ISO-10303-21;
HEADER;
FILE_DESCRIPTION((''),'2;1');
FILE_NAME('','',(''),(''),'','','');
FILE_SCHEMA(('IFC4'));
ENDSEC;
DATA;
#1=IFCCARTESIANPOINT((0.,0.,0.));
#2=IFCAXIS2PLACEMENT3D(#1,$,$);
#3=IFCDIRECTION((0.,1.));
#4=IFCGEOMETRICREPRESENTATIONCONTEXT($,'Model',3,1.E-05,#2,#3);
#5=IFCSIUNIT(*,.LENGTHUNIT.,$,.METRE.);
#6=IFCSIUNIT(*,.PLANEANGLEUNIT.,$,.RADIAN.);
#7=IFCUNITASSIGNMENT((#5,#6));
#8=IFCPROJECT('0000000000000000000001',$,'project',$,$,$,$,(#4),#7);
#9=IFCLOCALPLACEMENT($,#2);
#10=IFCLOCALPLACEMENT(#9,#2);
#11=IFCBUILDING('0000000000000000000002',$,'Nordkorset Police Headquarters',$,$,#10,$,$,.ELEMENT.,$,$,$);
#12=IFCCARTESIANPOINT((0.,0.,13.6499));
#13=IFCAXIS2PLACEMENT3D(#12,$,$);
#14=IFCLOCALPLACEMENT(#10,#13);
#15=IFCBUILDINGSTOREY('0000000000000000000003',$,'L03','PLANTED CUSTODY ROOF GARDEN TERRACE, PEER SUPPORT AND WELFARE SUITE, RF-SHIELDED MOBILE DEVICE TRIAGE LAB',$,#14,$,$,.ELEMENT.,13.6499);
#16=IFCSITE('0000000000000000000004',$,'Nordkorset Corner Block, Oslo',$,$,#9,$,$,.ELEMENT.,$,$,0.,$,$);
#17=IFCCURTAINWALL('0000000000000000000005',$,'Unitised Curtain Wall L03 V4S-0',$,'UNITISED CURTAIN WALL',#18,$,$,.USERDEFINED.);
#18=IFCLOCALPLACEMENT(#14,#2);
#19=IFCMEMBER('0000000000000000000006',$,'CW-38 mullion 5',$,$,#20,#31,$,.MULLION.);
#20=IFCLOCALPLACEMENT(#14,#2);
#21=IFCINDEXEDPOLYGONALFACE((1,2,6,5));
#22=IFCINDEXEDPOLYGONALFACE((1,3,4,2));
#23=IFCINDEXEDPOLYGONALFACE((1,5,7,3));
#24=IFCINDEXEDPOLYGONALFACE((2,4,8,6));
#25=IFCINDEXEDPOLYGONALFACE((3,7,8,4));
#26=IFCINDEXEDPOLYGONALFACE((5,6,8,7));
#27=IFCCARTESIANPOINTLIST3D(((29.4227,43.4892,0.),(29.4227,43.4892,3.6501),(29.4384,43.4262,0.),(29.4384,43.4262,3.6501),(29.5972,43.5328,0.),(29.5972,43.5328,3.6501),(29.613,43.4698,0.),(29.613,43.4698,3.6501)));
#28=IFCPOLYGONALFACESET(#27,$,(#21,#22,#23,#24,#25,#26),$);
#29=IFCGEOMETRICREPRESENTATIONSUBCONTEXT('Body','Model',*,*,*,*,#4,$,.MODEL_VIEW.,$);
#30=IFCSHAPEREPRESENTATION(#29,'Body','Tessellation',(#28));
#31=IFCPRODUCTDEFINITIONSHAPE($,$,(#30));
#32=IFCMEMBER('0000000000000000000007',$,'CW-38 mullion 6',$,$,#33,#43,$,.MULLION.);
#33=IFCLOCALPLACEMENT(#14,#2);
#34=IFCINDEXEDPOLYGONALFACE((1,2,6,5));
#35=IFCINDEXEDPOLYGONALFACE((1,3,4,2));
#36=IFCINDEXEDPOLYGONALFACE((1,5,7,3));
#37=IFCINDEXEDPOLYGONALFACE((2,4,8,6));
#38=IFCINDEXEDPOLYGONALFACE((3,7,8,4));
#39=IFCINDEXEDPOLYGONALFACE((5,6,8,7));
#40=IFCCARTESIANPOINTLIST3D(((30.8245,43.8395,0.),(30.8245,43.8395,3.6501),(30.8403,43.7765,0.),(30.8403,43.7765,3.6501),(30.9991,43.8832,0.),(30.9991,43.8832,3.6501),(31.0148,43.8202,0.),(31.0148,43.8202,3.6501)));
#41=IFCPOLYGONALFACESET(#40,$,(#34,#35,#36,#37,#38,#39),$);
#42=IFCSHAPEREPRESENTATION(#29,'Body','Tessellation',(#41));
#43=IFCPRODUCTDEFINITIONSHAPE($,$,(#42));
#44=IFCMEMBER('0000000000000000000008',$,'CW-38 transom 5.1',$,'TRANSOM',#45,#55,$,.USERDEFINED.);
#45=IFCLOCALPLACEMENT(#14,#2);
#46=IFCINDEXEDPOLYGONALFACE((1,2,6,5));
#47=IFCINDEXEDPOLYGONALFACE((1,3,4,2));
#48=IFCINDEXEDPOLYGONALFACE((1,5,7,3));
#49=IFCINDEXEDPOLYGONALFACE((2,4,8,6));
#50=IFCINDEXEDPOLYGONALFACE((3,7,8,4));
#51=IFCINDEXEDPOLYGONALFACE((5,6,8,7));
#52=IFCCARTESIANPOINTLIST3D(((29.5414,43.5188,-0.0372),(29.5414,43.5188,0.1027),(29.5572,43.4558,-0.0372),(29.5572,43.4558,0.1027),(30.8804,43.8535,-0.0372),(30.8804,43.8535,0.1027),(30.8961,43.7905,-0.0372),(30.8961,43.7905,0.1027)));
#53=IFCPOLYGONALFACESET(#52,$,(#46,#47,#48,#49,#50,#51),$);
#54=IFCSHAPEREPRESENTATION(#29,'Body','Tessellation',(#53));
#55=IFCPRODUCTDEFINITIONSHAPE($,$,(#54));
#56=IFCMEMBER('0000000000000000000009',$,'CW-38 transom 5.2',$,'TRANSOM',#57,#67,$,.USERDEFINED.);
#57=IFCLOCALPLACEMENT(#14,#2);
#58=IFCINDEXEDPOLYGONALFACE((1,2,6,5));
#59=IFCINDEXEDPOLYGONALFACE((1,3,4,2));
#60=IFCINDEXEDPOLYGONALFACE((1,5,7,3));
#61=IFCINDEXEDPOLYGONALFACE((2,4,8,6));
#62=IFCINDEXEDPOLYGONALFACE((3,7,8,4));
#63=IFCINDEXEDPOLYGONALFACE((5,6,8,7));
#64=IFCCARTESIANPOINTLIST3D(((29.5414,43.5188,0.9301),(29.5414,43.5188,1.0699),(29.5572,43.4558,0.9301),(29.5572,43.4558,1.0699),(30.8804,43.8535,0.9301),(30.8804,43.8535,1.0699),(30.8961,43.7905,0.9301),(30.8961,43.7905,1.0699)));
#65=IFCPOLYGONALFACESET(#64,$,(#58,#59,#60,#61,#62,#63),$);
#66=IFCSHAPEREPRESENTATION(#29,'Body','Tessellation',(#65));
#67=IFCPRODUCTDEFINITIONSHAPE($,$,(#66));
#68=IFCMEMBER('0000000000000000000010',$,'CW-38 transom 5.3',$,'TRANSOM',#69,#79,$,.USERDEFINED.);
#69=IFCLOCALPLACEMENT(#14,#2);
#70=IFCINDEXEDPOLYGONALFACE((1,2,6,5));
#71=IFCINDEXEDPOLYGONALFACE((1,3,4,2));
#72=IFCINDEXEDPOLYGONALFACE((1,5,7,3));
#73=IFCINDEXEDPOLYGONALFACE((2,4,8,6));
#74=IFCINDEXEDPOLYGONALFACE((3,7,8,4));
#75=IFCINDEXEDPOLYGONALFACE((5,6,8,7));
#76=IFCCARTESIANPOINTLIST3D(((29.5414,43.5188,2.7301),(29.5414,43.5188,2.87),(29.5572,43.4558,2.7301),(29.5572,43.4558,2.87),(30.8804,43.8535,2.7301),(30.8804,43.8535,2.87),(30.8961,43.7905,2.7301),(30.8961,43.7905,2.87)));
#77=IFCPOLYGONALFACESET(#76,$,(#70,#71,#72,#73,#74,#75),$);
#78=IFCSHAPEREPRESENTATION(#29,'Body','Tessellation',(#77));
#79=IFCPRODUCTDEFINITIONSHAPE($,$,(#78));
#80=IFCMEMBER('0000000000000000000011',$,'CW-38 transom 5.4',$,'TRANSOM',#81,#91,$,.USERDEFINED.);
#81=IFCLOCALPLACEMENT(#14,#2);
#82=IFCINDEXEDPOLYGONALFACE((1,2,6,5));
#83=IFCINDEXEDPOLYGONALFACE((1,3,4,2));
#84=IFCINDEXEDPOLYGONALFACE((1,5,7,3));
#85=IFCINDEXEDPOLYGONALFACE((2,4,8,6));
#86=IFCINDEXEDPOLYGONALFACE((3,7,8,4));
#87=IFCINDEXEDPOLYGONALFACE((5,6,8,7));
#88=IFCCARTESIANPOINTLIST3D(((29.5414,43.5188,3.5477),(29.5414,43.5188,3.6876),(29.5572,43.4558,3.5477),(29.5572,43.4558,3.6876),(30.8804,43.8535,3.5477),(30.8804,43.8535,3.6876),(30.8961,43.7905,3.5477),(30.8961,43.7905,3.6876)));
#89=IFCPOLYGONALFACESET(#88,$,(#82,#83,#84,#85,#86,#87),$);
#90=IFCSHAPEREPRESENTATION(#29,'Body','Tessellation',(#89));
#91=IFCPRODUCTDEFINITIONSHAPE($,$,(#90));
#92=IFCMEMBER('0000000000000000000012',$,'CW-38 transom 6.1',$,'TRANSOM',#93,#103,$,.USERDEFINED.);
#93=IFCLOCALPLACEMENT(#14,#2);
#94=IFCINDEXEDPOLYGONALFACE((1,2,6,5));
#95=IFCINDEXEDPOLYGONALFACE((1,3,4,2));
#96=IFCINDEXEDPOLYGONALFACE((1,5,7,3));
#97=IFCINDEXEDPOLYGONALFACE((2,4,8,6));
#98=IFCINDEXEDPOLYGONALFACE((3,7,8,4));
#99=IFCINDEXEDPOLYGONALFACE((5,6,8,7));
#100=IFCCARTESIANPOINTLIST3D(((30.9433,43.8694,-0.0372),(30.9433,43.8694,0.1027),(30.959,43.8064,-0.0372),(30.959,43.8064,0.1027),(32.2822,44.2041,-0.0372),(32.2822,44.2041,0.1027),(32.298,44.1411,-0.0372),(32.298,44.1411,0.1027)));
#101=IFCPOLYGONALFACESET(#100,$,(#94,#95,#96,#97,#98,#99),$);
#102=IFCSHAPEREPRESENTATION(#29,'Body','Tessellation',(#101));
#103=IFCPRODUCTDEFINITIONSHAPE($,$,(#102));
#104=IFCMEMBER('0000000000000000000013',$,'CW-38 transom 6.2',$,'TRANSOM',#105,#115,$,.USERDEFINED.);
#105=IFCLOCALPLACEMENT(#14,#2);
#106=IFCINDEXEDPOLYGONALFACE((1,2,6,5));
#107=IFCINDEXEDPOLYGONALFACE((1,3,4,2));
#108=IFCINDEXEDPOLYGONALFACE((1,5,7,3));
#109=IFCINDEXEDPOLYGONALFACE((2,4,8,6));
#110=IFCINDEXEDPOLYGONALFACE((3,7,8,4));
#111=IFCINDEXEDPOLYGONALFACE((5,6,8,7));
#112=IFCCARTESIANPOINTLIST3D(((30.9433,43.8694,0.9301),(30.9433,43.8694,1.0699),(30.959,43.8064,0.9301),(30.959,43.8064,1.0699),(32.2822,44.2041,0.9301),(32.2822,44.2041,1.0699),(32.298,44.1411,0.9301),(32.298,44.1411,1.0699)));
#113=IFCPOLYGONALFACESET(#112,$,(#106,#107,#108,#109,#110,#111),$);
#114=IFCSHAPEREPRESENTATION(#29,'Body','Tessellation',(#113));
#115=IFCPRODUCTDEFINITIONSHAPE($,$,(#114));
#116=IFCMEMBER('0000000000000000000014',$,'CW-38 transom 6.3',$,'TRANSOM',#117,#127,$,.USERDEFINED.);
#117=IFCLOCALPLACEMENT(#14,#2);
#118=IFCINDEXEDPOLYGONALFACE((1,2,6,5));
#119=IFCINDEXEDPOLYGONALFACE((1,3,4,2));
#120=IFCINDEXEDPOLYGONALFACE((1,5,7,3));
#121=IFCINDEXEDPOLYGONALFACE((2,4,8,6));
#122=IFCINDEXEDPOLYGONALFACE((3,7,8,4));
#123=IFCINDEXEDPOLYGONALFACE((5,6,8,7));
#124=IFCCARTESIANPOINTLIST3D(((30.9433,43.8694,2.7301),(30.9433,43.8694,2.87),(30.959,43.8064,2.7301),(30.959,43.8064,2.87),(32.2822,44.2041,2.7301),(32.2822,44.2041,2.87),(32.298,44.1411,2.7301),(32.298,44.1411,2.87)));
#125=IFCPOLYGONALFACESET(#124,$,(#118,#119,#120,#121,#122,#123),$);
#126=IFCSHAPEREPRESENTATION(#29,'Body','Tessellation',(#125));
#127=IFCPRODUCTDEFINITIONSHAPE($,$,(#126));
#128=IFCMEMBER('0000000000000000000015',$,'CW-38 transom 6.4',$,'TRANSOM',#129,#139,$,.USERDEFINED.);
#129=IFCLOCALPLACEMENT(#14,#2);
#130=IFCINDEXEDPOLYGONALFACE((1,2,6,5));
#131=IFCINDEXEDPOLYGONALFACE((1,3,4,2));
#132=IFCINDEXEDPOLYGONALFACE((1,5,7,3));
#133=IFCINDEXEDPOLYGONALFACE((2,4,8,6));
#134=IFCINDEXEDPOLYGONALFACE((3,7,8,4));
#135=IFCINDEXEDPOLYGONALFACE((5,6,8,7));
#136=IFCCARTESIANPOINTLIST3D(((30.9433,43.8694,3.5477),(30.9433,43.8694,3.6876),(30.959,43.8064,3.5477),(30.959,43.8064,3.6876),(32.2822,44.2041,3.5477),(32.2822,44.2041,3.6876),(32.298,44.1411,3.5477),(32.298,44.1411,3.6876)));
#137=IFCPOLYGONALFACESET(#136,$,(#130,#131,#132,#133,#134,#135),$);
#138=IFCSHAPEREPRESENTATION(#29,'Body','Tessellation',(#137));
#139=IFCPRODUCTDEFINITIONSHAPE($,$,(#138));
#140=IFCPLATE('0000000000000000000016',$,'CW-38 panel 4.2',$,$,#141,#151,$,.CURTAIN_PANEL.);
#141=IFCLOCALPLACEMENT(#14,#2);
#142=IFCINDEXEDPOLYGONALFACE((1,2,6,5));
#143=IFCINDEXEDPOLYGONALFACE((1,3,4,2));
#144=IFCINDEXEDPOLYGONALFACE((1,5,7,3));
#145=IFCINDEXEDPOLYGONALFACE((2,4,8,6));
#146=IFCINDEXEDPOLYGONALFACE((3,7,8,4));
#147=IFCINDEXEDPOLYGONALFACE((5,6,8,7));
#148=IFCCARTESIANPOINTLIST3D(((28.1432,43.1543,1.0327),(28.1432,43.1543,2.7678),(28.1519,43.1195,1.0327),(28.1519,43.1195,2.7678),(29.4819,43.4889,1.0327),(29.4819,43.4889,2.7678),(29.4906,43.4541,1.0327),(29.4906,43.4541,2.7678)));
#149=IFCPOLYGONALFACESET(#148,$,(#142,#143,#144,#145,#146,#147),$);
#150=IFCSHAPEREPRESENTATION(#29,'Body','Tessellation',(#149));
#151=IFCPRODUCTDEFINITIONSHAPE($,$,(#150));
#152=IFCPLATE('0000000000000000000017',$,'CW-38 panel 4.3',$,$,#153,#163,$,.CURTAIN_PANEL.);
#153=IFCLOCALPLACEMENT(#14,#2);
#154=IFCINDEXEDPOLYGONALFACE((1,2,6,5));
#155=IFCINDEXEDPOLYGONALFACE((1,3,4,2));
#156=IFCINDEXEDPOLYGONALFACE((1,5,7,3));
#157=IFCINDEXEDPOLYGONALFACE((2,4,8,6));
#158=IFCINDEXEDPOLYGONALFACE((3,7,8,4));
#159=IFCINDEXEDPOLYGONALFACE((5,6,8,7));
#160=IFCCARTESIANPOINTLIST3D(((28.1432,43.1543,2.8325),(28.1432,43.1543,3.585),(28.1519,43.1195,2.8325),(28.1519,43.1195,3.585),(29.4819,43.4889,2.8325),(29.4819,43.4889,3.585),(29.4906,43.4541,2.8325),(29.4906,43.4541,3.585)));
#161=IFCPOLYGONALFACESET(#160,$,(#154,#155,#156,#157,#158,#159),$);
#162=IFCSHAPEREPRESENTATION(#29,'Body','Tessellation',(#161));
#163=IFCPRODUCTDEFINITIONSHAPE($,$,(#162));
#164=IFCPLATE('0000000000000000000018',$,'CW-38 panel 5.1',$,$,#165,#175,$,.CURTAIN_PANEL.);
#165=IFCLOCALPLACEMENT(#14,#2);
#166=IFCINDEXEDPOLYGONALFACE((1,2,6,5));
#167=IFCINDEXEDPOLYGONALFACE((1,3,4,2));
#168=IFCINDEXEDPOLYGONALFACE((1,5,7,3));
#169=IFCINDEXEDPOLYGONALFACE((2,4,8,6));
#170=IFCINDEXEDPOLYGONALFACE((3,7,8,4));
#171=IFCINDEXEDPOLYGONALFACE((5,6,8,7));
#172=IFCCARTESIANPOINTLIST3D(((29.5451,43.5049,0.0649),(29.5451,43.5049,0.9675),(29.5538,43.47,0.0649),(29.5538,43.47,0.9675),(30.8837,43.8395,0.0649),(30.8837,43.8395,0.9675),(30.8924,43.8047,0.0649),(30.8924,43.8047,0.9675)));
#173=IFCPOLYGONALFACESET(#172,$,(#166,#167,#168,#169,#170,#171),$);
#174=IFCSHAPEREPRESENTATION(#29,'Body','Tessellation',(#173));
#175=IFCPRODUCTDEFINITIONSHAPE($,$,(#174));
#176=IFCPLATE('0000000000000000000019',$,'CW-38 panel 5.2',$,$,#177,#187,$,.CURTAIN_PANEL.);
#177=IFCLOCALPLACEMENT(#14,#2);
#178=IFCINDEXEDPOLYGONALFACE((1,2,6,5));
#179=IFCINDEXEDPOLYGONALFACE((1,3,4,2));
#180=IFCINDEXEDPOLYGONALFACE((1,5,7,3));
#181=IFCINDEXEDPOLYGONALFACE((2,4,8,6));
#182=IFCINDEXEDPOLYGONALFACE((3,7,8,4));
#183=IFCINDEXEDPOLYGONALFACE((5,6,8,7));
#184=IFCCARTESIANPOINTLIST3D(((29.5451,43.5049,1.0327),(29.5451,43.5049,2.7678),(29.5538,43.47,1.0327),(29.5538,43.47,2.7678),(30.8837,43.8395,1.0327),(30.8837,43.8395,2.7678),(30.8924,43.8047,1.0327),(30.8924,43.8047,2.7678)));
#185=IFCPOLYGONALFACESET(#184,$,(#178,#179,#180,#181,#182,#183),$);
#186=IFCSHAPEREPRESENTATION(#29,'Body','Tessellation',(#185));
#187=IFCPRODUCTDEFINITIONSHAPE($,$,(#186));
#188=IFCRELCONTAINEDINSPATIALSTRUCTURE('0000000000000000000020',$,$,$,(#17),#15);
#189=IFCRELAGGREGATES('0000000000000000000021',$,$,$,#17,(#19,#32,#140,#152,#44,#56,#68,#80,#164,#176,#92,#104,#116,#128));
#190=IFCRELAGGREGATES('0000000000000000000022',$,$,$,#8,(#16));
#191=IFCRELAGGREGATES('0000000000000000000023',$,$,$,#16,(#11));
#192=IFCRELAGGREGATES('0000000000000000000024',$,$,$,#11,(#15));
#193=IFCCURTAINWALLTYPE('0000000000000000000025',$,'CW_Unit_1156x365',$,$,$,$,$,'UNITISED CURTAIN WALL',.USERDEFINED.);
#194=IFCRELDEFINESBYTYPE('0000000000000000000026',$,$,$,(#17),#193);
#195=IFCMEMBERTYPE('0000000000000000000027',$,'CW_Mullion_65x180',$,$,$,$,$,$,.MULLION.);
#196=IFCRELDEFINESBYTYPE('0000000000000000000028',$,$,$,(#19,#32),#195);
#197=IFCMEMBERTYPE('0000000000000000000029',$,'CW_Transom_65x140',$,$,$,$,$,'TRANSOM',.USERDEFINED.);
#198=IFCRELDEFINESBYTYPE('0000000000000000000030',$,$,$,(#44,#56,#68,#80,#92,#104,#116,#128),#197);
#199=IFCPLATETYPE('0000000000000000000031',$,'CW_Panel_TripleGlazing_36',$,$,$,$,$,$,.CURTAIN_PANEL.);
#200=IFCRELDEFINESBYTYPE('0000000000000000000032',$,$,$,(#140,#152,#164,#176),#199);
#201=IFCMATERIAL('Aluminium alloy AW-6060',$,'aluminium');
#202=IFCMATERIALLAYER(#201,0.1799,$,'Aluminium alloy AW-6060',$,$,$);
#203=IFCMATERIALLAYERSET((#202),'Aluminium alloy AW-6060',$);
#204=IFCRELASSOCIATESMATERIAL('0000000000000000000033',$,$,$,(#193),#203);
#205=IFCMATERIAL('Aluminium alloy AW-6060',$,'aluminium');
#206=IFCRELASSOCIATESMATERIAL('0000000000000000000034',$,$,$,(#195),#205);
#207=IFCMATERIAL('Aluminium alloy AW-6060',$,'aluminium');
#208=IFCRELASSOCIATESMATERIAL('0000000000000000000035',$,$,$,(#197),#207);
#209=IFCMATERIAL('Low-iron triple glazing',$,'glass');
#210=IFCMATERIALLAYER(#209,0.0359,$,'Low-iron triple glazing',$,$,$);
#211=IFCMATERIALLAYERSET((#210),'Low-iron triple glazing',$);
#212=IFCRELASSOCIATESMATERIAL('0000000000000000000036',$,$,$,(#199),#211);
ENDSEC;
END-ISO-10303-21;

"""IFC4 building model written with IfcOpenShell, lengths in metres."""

from ifc_helpers import new_model, si_unit, direction, frame, origin, origin_2d, place, context, subcontext, project, spatial, rectangle, extrude, material, layer, layer_set, material_profile, profile_set, type_object, element, aggregate, save


model = new_model("IFC4")

# Units and contexts
model_context = context("Model", 3, precision=1e-05, world=origin(), true_north=direction((0.0, 1.0)))
body_context = subcontext(model_context, "Body", "Model", "MODEL_VIEW")
ifc_project = project(units=[si_unit("LENGTHUNIT", "METRE"), si_unit("PLANEANGLEUNIT", "RADIAN")], contexts=[model_context])

# Site, building, storey
site_placement = place(None, origin())
site = spatial("IfcSite", under=ifc_project, at=site_placement, Name="Nordkorset Corner Block, Oslo", CompositionType="ELEMENT", RefElevation=0.0)
building_placement = place(site_placement, origin())
building = spatial("IfcBuilding", under=site, at=building_placement, Name="Nordkorset Police Headquarters", CompositionType="ELEMENT")
storey_placement = place(building_placement, frame((0.0, 0.0, 13.6499)))
storey = spatial("IfcBuildingStorey", under=building, at=storey_placement, Name="L03", Description="PLANTED CUSTODY ROOF GARDEN TERRACE, PEER SUPPORT AND WELFARE SUITE, RF-SHIELDED MOBILE DEVICE TRIAGE LAB", CompositionType="ELEMENT", Elevation=13.6499)

# Curtain wall, members, plates
ifc_material_1 = material(Name="Aluminium alloy AW-6060", Category="aluminium")
ifc_layer_1 = layer(ifc_material_1, 0.1799, Name="Aluminium alloy AW-6060")
ifc_layer_set_1 = layer_set([ifc_layer_1], Name="Aluminium alloy AW-6060")
curtain_wall_type = type_object("IfcCurtainWallType", Name="CW_Unit_1156x365", ElementType="UNITISED CURTAIN WALL", PredefinedType="USERDEFINED", material=ifc_layer_set_1)
curtain_wall_placement = place(storey_placement, origin())
curtain_wall = element("IfcCurtainWall", 1, at=curtain_wall_placement, inside=storey, type_object=curtain_wall_type, Name="Unitised Curtain Wall L03 V4S-0", ObjectType="UNITISED CURTAIN WALL", PredefinedType="USERDEFINED")
ifc_material_2 = material(Name="Aluminium alloy AW-6060", Category="aluminium")
ifc_material_profile_1 = material_profile(ifc_material_2, rectangle(XDim=0.0649, YDim=0.1799, at=origin_2d()), Name="ALU MULL 65x180")
ifc_profile_set_1 = profile_set([ifc_material_profile_1], Name="Aluminium alloy AW-6060")
member_type_1 = type_object("IfcMemberType", Name="CW_Mullion_65x180", PredefinedType="MULLION", material=ifc_profile_set_1)
member_1_placement = place(storey_placement, frame((29.5178, 43.4795, 0.0), z_axis=(0.0, 0.0, 1.0), x_axis=(-0.242536, 0.970143, 0.0)))
member_1 = element("IfcMember", 2, at=member_1_placement, type_object=member_type_1, Name="CW-38 mullion 5", PredefinedType="MULLION", context=body_context, shape_type="SweptSolid", body=[
    extrude(rectangle(XDim=0.0649, YDim=0.1799, at=origin_2d()), origin(), (0.0, 0.0, 1.0), 3.6501),
])
member_2_placement = place(storey_placement, frame((30.9197, 43.8298, 0.0), z_axis=(0.0, 0.0, 1.0), x_axis=(-0.242536, 0.970143, 0.0)))
member_2 = element("IfcMember", 3, at=member_2_placement, type_object=member_type_1, Name="CW-38 mullion 6", PredefinedType="MULLION", context=body_context, shape_type="SweptSolid", body=[
    extrude(rectangle(XDim=0.0649, YDim=0.1799, at=origin_2d()), origin(), (0.0, 0.0, 1.0), 3.6501),
])
ifc_material_3 = material(Name="Aluminium alloy AW-6060", Category="aluminium")
ifc_material_profile_2 = material_profile(ifc_material_3, rectangle(XDim=0.0649, YDim=0.1399, at=origin_2d()), Name="ALU TRAN 65x140")
ifc_profile_set_2 = profile_set([ifc_material_profile_2], Name="Aluminium alloy AW-6060")
member_type_2 = type_object("IfcMemberType", Name="CW_Transom_65x140", ElementType="TRANSOM", PredefinedType="USERDEFINED", material=ifc_profile_set_2)
member_3_placement = place(storey_placement, frame((29.5493, 43.4873, 0.0327), z_axis=(0.970143, 0.242536, 0.0), x_axis=(-0.242536, 0.970143, 0.0)))
member_3 = element("IfcMember", 4, at=member_3_placement, type_object=member_type_2, Name="CW-38 transom 5.1", ObjectType="TRANSOM", PredefinedType="USERDEFINED", context=body_context, shape_type="SweptSolid", body=[
    extrude(rectangle(XDim=0.0649, YDim=0.1399, at=origin_2d()), origin(), (0.0, 0.0, 1.0), 1.3801),
])
member_4_placement = place(storey_placement, frame((29.5493, 43.4873, 1.0), z_axis=(0.970143, 0.242536, 0.0), x_axis=(-0.242536, 0.970143, 0.0)))
member_4 = element("IfcMember", 5, at=member_4_placement, type_object=member_type_2, Name="CW-38 transom 5.2", ObjectType="TRANSOM", PredefinedType="USERDEFINED", context=body_context, shape_type="SweptSolid", body=[
    extrude(rectangle(XDim=0.0649, YDim=0.1399, at=origin_2d()), origin(), (0.0, 0.0, 1.0), 1.3801),
])
member_5_placement = place(storey_placement, frame((29.5493, 43.4873, 2.8), z_axis=(0.970143, 0.242536, 0.0), x_axis=(-0.242536, 0.970143, 0.0)))
member_5 = element("IfcMember", 6, at=member_5_placement, type_object=member_type_2, Name="CW-38 transom 5.3", ObjectType="TRANSOM", PredefinedType="USERDEFINED", context=body_context, shape_type="SweptSolid", body=[
    extrude(rectangle(XDim=0.0649, YDim=0.1399, at=origin_2d()), origin(), (0.0, 0.0, 1.0), 1.3801),
])
member_6_placement = place(storey_placement, frame((29.5493, 43.4873, 3.6177), z_axis=(0.970143, 0.242536, 0.0), x_axis=(-0.242536, 0.970143, 0.0)))
member_6 = element("IfcMember", 7, at=member_6_placement, type_object=member_type_2, Name="CW-38 transom 5.4", ObjectType="TRANSOM", PredefinedType="USERDEFINED", context=body_context, shape_type="SweptSolid", body=[
    extrude(rectangle(XDim=0.0649, YDim=0.1399, at=origin_2d()), origin(), (0.0, 0.0, 1.0), 1.3801),
])
member_7_placement = place(storey_placement, frame((30.9512, 43.8379, 0.0327), z_axis=(0.970143, 0.242536, 0.0), x_axis=(-0.242536, 0.970143, 0.0)))
member_7 = element("IfcMember", 8, at=member_7_placement, type_object=member_type_2, Name="CW-38 transom 6.1", ObjectType="TRANSOM", PredefinedType="USERDEFINED", context=body_context, shape_type="SweptSolid", body=[
    extrude(rectangle(XDim=0.0649, YDim=0.1399, at=origin_2d()), origin(), (0.0, 0.0, 1.0), 1.3801),
])
member_8_placement = place(storey_placement, frame((30.9512, 43.8379, 1.0), z_axis=(0.970143, 0.242536, 0.0), x_axis=(-0.242536, 0.970143, 0.0)))
member_8 = element("IfcMember", 9, at=member_8_placement, type_object=member_type_2, Name="CW-38 transom 6.2", ObjectType="TRANSOM", PredefinedType="USERDEFINED", context=body_context, shape_type="SweptSolid", body=[
    extrude(rectangle(XDim=0.0649, YDim=0.1399, at=origin_2d()), origin(), (0.0, 0.0, 1.0), 1.3801),
])
member_9_placement = place(storey_placement, frame((30.9512, 43.8379, 2.8), z_axis=(0.970143, 0.242536, 0.0), x_axis=(-0.242536, 0.970143, 0.0)))
member_9 = element("IfcMember", 10, at=member_9_placement, type_object=member_type_2, Name="CW-38 transom 6.3", ObjectType="TRANSOM", PredefinedType="USERDEFINED", context=body_context, shape_type="SweptSolid", body=[
    extrude(rectangle(XDim=0.0649, YDim=0.1399, at=origin_2d()), origin(), (0.0, 0.0, 1.0), 1.3801),
])
member_10_placement = place(storey_placement, frame((30.9512, 43.8379, 3.6177), z_axis=(0.970143, 0.242536, 0.0), x_axis=(-0.242536, 0.970143, 0.0)))
member_10 = element("IfcMember", 11, at=member_10_placement, type_object=member_type_2, Name="CW-38 transom 6.4", ObjectType="TRANSOM", PredefinedType="USERDEFINED", context=body_context, shape_type="SweptSolid", body=[
    extrude(rectangle(XDim=0.0649, YDim=0.1399, at=origin_2d()), origin(), (0.0, 0.0, 1.0), 1.3801),
])
ifc_material_4 = material(Name="Low-iron triple glazing", Category="glass")
ifc_layer_2 = layer(ifc_material_4, 0.0359, Name="Low-iron triple glazing")
ifc_layer_set_2 = layer_set([ifc_layer_2], Name="Low-iron triple glazing")
plate_type = type_object("IfcPlateType", Name="CW_Panel_TripleGlazing_36", PredefinedType="CURTAIN_PANEL", material=ifc_layer_set_2)
plate_1_placement = place(storey_placement, frame((28.8169, 43.3042, 1.0327), z_axis=(0.0, 0.0, 1.0), x_axis=(0.970143, 0.242536, 0.0)))
plate_1 = element("IfcPlate", 12, at=plate_1_placement, type_object=plate_type, Name="CW-38 panel 4.2", PredefinedType="CURTAIN_PANEL", context=body_context, shape_type="SweptSolid", body=[
    extrude(rectangle(XDim=1.3799, YDim=0.0359, at=origin_2d()), origin(), (0.0, 0.0, 1.0), 1.7351),
])
plate_2_placement = place(storey_placement, frame((28.8169, 43.3042, 2.8325), z_axis=(0.0, 0.0, 1.0), x_axis=(0.970143, 0.242536, 0.0)))
plate_2 = element("IfcPlate", 13, at=plate_2_placement, type_object=plate_type, Name="CW-38 panel 4.3", PredefinedType="CURTAIN_PANEL", context=body_context, shape_type="SweptSolid", body=[
    extrude(rectangle(XDim=1.3799, YDim=0.0359, at=origin_2d()), origin(), (0.0, 0.0, 1.0), 0.7524),
])
plate_3_placement = place(storey_placement, frame((30.2188, 43.6548, 0.0649), z_axis=(0.0, 0.0, 1.0), x_axis=(0.970143, 0.242536, 0.0)))
plate_3 = element("IfcPlate", 14, at=plate_3_placement, type_object=plate_type, Name="CW-38 panel 5.1", PredefinedType="CURTAIN_PANEL", context=body_context, shape_type="SweptSolid", body=[
    extrude(rectangle(XDim=1.3799, YDim=0.0359, at=origin_2d()), origin(), (0.0, 0.0, 1.0), 0.9026),
])
plate_4_placement = place(storey_placement, frame((30.2188, 43.6548, 1.0327), z_axis=(0.0, 0.0, 1.0), x_axis=(0.970143, 0.242536, 0.0)))
plate_4 = element("IfcPlate", 15, at=plate_4_placement, type_object=plate_type, Name="CW-38 panel 5.2", PredefinedType="CURTAIN_PANEL", context=body_context, shape_type="SweptSolid", body=[
    extrude(rectangle(XDim=1.3799, YDim=0.0359, at=origin_2d()), origin(), (0.0, 0.0, 1.0), 1.7351),
])
aggregate(curtain_wall, [member_1, member_2, plate_1, plate_2, member_3, member_4, member_5, member_6, plate_3, plate_4, member_7, member_8, member_9, member_10])

save(model, "model.ifc")
